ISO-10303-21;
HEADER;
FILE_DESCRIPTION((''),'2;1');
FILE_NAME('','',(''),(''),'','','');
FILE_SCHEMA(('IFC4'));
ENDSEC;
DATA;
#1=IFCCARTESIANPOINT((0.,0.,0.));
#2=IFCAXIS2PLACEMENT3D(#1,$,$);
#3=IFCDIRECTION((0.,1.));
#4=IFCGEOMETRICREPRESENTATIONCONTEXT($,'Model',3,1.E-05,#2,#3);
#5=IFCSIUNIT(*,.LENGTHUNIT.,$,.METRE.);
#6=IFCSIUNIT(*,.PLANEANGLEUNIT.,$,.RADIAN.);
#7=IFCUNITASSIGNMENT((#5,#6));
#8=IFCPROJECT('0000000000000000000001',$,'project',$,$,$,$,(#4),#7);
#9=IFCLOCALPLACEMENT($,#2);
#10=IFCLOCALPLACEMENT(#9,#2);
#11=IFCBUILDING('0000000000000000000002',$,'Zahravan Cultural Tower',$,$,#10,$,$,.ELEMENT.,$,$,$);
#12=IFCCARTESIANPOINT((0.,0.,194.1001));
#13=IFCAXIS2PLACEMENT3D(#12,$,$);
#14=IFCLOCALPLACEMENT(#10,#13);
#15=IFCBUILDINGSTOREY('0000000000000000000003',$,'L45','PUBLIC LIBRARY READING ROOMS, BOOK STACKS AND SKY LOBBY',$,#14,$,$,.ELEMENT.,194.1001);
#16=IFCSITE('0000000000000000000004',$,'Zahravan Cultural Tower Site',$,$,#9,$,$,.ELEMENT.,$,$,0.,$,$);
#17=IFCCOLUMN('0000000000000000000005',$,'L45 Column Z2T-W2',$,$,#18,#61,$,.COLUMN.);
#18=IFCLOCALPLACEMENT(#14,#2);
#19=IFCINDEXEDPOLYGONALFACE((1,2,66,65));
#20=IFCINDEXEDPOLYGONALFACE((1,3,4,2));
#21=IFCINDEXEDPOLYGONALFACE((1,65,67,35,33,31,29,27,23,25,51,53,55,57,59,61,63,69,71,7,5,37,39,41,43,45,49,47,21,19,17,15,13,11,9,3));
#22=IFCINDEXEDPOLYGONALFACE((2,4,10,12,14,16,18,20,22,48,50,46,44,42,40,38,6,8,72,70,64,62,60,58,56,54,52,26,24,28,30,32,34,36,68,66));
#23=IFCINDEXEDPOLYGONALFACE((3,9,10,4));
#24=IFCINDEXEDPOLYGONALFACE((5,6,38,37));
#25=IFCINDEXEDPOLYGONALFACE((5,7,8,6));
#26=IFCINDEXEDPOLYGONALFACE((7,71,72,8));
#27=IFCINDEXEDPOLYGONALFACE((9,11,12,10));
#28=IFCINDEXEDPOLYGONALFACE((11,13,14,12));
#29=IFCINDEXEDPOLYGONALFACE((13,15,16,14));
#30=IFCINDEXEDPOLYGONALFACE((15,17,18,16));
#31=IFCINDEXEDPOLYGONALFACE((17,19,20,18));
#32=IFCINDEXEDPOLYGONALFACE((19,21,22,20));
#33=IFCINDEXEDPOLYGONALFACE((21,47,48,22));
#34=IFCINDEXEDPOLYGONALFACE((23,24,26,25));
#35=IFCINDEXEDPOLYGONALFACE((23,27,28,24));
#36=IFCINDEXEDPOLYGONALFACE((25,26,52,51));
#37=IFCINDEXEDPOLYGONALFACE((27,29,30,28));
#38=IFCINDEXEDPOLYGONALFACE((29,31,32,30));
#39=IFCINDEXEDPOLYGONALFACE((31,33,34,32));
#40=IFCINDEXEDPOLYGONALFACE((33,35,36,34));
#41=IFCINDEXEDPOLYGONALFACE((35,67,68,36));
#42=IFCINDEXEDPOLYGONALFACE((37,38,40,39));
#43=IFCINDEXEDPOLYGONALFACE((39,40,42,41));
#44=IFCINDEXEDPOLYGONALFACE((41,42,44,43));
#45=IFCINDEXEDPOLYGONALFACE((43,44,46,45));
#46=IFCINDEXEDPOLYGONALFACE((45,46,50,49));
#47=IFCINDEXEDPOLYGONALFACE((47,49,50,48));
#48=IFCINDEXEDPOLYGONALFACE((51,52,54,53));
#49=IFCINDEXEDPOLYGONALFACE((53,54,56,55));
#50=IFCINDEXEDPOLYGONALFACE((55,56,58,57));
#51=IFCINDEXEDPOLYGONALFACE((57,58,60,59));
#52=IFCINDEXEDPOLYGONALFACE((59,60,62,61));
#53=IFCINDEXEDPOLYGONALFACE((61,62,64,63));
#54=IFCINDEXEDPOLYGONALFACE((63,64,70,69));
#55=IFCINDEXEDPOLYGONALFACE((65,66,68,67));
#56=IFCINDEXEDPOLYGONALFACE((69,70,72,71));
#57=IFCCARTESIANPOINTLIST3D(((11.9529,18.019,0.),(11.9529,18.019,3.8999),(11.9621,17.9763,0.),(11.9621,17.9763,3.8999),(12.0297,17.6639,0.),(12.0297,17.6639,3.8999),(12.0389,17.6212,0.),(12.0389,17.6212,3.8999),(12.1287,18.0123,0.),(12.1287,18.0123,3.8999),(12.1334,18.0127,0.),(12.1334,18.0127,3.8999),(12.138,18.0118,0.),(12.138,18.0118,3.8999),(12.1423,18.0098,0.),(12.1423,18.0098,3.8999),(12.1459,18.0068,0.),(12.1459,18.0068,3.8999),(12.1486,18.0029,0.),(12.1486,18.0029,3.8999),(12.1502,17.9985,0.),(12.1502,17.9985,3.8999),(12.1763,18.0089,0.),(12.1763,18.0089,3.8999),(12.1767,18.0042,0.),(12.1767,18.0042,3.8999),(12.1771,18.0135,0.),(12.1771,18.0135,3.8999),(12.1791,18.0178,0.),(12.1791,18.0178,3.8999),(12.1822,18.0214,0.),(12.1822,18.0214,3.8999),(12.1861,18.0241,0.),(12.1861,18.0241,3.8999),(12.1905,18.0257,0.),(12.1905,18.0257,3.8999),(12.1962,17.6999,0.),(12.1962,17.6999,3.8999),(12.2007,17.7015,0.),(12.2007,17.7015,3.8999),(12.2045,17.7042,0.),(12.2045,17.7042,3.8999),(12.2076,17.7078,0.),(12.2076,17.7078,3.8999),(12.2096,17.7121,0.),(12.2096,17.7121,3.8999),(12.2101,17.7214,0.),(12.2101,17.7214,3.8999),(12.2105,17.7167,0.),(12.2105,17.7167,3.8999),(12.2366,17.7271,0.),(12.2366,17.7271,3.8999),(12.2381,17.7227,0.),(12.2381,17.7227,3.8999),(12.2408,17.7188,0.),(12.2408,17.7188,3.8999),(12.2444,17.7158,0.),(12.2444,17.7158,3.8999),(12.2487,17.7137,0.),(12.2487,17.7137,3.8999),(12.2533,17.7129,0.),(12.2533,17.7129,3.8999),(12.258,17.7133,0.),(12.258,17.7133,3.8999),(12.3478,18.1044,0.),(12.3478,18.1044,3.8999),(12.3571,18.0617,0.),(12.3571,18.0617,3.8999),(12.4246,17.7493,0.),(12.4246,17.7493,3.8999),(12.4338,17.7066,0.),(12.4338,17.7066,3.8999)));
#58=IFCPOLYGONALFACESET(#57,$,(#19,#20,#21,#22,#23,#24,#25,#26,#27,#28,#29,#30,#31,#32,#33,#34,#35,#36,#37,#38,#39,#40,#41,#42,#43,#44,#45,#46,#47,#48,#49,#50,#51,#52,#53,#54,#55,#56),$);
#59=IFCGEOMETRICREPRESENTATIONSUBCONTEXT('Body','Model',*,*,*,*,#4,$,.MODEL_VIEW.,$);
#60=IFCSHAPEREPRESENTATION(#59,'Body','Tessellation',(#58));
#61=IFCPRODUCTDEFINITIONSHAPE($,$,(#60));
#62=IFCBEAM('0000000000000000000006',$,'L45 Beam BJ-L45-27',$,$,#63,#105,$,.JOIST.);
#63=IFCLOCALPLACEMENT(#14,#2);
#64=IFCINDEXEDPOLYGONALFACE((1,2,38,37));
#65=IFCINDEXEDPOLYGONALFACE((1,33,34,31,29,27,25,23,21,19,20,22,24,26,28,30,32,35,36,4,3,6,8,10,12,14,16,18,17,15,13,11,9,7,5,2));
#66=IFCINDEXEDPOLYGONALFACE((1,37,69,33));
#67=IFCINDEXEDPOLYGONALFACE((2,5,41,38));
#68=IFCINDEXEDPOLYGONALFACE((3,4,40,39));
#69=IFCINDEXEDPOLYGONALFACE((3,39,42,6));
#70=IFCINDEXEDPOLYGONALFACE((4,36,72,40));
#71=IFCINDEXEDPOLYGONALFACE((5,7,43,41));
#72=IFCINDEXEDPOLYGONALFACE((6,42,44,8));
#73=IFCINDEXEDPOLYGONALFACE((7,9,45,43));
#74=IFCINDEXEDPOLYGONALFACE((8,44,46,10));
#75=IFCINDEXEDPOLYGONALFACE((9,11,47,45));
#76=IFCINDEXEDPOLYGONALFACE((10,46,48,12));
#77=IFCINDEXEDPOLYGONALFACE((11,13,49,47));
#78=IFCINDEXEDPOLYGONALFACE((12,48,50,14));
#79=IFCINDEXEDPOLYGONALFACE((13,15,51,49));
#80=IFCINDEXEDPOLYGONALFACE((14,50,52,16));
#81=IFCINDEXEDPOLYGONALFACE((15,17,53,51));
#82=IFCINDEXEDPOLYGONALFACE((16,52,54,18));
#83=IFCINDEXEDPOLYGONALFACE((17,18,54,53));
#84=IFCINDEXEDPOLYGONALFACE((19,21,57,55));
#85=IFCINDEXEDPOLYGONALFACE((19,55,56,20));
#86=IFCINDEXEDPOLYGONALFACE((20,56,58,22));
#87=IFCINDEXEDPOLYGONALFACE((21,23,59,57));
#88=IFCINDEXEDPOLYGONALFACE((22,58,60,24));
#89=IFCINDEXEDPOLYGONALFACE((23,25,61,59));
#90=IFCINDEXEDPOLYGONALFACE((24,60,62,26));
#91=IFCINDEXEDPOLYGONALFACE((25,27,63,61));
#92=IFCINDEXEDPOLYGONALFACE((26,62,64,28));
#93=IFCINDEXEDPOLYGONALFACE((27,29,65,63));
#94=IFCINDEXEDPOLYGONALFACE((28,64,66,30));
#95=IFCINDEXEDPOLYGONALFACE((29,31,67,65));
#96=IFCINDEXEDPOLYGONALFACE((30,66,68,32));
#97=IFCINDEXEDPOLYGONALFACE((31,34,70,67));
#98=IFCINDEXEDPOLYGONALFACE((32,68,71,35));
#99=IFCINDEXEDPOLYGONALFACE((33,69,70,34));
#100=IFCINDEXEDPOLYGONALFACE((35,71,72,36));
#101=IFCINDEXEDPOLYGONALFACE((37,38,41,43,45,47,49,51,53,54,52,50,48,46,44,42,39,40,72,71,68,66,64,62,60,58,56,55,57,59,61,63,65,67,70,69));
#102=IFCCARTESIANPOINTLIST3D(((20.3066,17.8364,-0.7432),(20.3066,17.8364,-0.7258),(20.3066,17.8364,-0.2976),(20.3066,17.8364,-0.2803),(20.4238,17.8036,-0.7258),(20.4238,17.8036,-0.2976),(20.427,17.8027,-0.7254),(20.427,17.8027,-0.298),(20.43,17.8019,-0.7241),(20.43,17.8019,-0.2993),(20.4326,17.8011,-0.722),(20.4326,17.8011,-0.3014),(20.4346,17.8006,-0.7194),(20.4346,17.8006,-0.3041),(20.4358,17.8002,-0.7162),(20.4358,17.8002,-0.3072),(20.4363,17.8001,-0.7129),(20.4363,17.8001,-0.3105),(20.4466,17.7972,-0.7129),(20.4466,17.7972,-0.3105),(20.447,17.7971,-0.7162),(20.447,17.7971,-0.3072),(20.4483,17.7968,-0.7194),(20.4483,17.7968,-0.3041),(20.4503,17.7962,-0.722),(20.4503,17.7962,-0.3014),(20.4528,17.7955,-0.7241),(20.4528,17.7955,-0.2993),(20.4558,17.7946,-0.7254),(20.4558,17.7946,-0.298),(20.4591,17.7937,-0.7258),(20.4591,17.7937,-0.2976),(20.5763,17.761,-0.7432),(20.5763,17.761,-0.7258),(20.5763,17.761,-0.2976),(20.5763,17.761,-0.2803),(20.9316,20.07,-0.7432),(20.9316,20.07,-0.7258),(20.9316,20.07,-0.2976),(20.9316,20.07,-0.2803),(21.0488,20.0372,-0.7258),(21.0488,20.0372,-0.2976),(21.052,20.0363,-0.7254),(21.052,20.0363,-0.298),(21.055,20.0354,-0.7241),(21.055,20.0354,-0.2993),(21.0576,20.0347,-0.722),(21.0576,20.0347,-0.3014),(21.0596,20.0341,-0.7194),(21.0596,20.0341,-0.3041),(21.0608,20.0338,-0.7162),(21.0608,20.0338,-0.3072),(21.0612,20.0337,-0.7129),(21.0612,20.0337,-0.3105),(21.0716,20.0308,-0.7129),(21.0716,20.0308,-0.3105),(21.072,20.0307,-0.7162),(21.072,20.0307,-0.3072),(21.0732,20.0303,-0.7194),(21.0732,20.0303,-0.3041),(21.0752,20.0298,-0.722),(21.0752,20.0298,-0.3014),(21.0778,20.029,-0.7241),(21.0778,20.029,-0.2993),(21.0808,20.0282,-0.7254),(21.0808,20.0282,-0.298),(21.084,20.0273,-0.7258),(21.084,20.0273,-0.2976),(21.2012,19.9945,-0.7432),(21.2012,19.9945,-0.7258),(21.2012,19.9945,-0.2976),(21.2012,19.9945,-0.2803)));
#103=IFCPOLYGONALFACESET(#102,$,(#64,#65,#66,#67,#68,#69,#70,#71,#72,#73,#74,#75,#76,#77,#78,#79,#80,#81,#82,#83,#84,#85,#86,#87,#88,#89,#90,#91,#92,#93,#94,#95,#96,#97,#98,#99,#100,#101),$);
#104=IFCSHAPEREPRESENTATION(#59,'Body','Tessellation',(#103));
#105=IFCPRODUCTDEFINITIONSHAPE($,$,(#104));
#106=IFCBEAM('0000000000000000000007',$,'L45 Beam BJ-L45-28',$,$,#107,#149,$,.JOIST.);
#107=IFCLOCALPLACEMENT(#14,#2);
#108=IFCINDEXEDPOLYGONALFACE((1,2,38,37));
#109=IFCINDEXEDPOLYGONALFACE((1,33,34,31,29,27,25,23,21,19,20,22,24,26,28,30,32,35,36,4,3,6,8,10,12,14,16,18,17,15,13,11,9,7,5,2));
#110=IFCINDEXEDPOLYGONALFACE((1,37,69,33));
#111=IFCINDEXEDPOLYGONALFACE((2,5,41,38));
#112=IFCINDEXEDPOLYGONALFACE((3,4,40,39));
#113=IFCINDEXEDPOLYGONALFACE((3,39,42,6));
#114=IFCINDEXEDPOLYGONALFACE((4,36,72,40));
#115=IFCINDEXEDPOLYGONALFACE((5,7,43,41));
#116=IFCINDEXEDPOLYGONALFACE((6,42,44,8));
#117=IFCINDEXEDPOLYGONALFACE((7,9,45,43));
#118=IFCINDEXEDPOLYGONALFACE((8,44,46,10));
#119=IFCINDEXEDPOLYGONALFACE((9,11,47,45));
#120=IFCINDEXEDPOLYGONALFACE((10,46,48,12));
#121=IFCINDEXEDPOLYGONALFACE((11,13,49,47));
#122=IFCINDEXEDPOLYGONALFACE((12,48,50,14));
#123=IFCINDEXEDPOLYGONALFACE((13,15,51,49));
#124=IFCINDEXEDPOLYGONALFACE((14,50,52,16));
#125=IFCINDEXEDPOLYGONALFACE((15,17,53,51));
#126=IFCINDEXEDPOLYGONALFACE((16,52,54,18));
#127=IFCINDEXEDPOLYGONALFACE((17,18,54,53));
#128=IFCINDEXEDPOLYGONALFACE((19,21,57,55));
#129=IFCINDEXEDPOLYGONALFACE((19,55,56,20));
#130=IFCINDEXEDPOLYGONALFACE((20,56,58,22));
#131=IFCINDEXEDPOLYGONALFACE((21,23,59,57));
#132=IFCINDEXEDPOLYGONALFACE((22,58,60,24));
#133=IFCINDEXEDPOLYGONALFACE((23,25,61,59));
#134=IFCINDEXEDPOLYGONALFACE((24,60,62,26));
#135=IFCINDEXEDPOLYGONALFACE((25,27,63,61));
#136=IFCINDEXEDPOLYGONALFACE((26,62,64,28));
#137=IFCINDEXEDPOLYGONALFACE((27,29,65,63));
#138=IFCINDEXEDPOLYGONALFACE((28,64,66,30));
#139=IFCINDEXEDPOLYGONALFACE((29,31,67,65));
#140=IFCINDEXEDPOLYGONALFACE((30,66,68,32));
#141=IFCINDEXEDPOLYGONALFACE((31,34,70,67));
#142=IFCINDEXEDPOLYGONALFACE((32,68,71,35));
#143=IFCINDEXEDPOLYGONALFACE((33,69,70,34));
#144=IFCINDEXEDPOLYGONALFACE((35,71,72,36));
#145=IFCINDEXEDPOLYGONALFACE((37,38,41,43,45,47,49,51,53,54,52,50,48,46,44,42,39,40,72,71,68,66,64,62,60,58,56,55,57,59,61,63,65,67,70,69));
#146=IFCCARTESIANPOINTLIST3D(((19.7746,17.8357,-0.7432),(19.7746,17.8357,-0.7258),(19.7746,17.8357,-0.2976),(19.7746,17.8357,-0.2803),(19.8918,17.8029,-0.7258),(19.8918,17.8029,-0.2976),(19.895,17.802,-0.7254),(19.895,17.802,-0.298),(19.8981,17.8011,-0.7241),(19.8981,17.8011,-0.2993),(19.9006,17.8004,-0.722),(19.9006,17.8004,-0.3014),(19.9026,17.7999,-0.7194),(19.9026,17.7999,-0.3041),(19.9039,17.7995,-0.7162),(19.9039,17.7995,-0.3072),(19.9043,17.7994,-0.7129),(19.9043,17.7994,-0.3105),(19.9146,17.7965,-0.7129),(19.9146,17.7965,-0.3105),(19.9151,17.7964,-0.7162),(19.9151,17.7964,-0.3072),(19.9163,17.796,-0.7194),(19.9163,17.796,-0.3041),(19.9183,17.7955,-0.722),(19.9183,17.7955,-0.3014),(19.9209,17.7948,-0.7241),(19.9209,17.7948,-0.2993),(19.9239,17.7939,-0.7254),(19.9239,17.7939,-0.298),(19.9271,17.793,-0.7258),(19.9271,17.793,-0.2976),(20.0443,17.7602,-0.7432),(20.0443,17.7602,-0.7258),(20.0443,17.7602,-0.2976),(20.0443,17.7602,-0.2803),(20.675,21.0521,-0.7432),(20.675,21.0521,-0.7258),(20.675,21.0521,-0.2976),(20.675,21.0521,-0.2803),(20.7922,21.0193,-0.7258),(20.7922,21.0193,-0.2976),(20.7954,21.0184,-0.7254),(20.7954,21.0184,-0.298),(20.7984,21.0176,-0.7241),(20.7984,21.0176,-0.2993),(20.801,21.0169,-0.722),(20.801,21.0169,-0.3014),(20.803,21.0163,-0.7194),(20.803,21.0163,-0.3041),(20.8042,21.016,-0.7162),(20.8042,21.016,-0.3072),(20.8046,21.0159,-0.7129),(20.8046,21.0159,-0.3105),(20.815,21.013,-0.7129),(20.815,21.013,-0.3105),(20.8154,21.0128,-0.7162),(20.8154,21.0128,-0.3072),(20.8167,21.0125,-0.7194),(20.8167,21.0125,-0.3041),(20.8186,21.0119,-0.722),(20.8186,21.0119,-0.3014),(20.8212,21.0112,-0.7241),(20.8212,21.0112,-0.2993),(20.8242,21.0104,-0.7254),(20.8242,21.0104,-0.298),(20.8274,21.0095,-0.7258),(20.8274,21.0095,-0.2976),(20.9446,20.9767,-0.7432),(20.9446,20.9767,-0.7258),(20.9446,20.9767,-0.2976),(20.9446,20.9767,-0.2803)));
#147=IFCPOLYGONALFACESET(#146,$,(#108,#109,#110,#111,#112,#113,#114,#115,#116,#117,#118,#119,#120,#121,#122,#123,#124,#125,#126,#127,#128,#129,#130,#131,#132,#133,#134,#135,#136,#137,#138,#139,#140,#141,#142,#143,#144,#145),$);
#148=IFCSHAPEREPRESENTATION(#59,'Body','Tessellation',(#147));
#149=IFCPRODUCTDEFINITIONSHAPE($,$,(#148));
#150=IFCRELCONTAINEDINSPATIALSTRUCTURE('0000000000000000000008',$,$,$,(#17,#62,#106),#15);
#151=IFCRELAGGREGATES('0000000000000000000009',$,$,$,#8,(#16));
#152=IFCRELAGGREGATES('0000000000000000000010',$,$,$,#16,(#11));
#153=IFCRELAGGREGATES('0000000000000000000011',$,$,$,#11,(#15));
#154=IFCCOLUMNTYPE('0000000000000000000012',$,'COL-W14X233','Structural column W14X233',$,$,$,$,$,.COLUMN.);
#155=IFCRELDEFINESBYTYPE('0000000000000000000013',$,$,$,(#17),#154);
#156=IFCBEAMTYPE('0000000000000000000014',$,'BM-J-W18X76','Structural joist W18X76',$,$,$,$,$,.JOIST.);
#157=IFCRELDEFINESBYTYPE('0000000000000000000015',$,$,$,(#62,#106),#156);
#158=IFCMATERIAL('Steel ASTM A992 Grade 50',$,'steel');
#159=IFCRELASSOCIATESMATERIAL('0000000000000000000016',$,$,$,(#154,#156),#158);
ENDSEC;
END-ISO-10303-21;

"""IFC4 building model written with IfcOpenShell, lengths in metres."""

from ifc_helpers import new_model, si_unit, direction, frame, origin, origin_2d, place, context, subcontext, project, spatial, i_section, extrude, source, transform, mapped, material, material_profile, profile_set, type_object, element, save


model = new_model("IFC4")

# Units and contexts
model_context = context("Model", 3, precision=1e-05, world=origin(), true_north=direction((0.0, 1.0)))
body_context = subcontext(model_context, "Body", "Model", "MODEL_VIEW")
ifc_project = project(units=[si_unit("LENGTHUNIT", "METRE"), si_unit("PLANEANGLEUNIT", "RADIAN")], contexts=[model_context])

# Site, building, storey
site_placement = place(None, origin())
site = spatial("IfcSite", under=ifc_project, at=site_placement, Name="Zahravan Cultural Tower Site", CompositionType="ELEMENT", RefElevation=0.0)
building_placement = place(site_placement, origin())
building = spatial("IfcBuilding", under=site, at=building_placement, Name="Zahravan Cultural Tower", CompositionType="ELEMENT")
storey_placement = place(building_placement, frame((0.0, 0.0, 194.1001)))
storey = spatial("IfcBuildingStorey", under=building, at=storey_placement, Name="L45", Description="PUBLIC LIBRARY READING ROOMS, BOOK STACKS AND SKY LOBBY", CompositionType="ELEMENT", Elevation=194.1001)

# Column
ifc_material_1 = material(Name="Steel ASTM A992 Grade 50", Category="steel")
ifc_material_profile_1 = material_profile(ifc_material_1, i_section(OverallWidth=0.4041, OverallDepth=0.407, WebThickness=0.0271, FlangeThickness=0.0437, FilletRadius=0.0181, at=origin_2d()), Name="W14X233")
ifc_profile_set_1 = profile_set([ifc_material_profile_1], Name="Steel ASTM A992 Grade 50")
column_type = type_object("IfcColumnType", Name="COL-W14X233", Description="Structural column W14X233", PredefinedType="COLUMN", material=ifc_profile_set_1)
shared_shape_1 = source(origin(), body_context, "Body", "SweptSolid", [
    extrude(i_section(OverallWidth=0.4041, OverallDepth=0.407, WebThickness=0.0271, FlangeThickness=0.0437, FilletRadius=0.0181, at=origin_2d()), origin(), (0.0, 0.0, 1.0), 3.8999),
])
column_placement = place(storey_placement, frame((12.1934, 17.8628, 0.0), z_axis=(0.0, 0.0, 1.0), x_axis=(0.977416, 0.211325, 0.0)))
element("IfcColumn", 1, at=column_placement, inside=storey, type_object=column_type, Name="L45 Column Z2T-W2", PredefinedType="COLUMN", context=body_context, shape_type="MappedRepresentation", body=[
    mapped(shared_shape_1, transform((0.0, 0.0, 0.0), x_axis=(1.0, 0.0, 0.0), y_axis=(0.0, 1.0, 0.0), z_axis=(0.0, 0.0, 1.0), scale=1.0)),
])

# Beams
ifc_material_profile_2 = material_profile(ifc_material_1, i_section(OverallWidth=0.28, OverallDepth=0.4629, WebThickness=0.0107, FlangeThickness=0.0173, FilletRadius=0.0129, at=origin_2d()), Name="W18X76")
ifc_profile_set_2 = profile_set([ifc_material_profile_2], Name="Steel ASTM A992 Grade 50")
beam_type = type_object("IfcBeamType", Name="BM-J-W18X76", Description="Structural joist W18X76", PredefinedType="JOIST", material=ifc_profile_set_2)
shared_shape_2 = source(origin(), body_context, "Body", "SweptSolid", [
    extrude(i_section(OverallWidth=0.28, OverallDepth=0.4629, WebThickness=0.0107, FlangeThickness=0.0173, FilletRadius=0.0129, at=origin_2d()), origin(), (0.0, 0.0, 1.0), 2.3193),
])
beam_1_placement = place(storey_placement, frame((21.0664, 20.0322, -0.5117), z_axis=(-0.269462, -0.963011, 0.0), x_axis=(0.963011, -0.269462, 0.0)))
element("IfcBeam", 2, at=beam_1_placement, inside=storey, type_object=beam_type, Name="L45 Beam BJ-L45-27", PredefinedType="JOIST", context=body_context, shape_type="MappedRepresentation", body=[
    mapped(shared_shape_2, transform((0.0, 0.0, 0.0), x_axis=(1.0, 0.0, 0.0), y_axis=(0.0, 1.0, 0.0), z_axis=(0.0, 0.0, 1.0), scale=1.0)),
])
shared_shape_3 = source(origin(), body_context, "Body", "SweptSolid", [
    extrude(i_section(OverallWidth=0.28, OverallDepth=0.4629, WebThickness=0.0107, FlangeThickness=0.0173, FilletRadius=0.0129, at=origin_2d()), origin(), (0.0, 0.0, 1.0), 3.3401),
])
beam_2_placement = place(storey_placement, frame((20.8098, 21.0144, -0.5117), z_axis=(-0.269562, -0.962983, 0.0), x_axis=(0.962983, -0.269562, 0.0)))
element("IfcBeam", 3, at=beam_2_placement, inside=storey, type_object=beam_type, Name="L45 Beam BJ-L45-28", PredefinedType="JOIST", context=body_context, shape_type="MappedRepresentation", body=[
    mapped(shared_shape_3, transform((0.0, 0.0, 0.0), x_axis=(1.0, 0.0, 0.0), y_axis=(0.0, 1.0, 0.0), z_axis=(0.0, 0.0, 1.0), scale=1.0)),
])

save(model, "model.ifc")
